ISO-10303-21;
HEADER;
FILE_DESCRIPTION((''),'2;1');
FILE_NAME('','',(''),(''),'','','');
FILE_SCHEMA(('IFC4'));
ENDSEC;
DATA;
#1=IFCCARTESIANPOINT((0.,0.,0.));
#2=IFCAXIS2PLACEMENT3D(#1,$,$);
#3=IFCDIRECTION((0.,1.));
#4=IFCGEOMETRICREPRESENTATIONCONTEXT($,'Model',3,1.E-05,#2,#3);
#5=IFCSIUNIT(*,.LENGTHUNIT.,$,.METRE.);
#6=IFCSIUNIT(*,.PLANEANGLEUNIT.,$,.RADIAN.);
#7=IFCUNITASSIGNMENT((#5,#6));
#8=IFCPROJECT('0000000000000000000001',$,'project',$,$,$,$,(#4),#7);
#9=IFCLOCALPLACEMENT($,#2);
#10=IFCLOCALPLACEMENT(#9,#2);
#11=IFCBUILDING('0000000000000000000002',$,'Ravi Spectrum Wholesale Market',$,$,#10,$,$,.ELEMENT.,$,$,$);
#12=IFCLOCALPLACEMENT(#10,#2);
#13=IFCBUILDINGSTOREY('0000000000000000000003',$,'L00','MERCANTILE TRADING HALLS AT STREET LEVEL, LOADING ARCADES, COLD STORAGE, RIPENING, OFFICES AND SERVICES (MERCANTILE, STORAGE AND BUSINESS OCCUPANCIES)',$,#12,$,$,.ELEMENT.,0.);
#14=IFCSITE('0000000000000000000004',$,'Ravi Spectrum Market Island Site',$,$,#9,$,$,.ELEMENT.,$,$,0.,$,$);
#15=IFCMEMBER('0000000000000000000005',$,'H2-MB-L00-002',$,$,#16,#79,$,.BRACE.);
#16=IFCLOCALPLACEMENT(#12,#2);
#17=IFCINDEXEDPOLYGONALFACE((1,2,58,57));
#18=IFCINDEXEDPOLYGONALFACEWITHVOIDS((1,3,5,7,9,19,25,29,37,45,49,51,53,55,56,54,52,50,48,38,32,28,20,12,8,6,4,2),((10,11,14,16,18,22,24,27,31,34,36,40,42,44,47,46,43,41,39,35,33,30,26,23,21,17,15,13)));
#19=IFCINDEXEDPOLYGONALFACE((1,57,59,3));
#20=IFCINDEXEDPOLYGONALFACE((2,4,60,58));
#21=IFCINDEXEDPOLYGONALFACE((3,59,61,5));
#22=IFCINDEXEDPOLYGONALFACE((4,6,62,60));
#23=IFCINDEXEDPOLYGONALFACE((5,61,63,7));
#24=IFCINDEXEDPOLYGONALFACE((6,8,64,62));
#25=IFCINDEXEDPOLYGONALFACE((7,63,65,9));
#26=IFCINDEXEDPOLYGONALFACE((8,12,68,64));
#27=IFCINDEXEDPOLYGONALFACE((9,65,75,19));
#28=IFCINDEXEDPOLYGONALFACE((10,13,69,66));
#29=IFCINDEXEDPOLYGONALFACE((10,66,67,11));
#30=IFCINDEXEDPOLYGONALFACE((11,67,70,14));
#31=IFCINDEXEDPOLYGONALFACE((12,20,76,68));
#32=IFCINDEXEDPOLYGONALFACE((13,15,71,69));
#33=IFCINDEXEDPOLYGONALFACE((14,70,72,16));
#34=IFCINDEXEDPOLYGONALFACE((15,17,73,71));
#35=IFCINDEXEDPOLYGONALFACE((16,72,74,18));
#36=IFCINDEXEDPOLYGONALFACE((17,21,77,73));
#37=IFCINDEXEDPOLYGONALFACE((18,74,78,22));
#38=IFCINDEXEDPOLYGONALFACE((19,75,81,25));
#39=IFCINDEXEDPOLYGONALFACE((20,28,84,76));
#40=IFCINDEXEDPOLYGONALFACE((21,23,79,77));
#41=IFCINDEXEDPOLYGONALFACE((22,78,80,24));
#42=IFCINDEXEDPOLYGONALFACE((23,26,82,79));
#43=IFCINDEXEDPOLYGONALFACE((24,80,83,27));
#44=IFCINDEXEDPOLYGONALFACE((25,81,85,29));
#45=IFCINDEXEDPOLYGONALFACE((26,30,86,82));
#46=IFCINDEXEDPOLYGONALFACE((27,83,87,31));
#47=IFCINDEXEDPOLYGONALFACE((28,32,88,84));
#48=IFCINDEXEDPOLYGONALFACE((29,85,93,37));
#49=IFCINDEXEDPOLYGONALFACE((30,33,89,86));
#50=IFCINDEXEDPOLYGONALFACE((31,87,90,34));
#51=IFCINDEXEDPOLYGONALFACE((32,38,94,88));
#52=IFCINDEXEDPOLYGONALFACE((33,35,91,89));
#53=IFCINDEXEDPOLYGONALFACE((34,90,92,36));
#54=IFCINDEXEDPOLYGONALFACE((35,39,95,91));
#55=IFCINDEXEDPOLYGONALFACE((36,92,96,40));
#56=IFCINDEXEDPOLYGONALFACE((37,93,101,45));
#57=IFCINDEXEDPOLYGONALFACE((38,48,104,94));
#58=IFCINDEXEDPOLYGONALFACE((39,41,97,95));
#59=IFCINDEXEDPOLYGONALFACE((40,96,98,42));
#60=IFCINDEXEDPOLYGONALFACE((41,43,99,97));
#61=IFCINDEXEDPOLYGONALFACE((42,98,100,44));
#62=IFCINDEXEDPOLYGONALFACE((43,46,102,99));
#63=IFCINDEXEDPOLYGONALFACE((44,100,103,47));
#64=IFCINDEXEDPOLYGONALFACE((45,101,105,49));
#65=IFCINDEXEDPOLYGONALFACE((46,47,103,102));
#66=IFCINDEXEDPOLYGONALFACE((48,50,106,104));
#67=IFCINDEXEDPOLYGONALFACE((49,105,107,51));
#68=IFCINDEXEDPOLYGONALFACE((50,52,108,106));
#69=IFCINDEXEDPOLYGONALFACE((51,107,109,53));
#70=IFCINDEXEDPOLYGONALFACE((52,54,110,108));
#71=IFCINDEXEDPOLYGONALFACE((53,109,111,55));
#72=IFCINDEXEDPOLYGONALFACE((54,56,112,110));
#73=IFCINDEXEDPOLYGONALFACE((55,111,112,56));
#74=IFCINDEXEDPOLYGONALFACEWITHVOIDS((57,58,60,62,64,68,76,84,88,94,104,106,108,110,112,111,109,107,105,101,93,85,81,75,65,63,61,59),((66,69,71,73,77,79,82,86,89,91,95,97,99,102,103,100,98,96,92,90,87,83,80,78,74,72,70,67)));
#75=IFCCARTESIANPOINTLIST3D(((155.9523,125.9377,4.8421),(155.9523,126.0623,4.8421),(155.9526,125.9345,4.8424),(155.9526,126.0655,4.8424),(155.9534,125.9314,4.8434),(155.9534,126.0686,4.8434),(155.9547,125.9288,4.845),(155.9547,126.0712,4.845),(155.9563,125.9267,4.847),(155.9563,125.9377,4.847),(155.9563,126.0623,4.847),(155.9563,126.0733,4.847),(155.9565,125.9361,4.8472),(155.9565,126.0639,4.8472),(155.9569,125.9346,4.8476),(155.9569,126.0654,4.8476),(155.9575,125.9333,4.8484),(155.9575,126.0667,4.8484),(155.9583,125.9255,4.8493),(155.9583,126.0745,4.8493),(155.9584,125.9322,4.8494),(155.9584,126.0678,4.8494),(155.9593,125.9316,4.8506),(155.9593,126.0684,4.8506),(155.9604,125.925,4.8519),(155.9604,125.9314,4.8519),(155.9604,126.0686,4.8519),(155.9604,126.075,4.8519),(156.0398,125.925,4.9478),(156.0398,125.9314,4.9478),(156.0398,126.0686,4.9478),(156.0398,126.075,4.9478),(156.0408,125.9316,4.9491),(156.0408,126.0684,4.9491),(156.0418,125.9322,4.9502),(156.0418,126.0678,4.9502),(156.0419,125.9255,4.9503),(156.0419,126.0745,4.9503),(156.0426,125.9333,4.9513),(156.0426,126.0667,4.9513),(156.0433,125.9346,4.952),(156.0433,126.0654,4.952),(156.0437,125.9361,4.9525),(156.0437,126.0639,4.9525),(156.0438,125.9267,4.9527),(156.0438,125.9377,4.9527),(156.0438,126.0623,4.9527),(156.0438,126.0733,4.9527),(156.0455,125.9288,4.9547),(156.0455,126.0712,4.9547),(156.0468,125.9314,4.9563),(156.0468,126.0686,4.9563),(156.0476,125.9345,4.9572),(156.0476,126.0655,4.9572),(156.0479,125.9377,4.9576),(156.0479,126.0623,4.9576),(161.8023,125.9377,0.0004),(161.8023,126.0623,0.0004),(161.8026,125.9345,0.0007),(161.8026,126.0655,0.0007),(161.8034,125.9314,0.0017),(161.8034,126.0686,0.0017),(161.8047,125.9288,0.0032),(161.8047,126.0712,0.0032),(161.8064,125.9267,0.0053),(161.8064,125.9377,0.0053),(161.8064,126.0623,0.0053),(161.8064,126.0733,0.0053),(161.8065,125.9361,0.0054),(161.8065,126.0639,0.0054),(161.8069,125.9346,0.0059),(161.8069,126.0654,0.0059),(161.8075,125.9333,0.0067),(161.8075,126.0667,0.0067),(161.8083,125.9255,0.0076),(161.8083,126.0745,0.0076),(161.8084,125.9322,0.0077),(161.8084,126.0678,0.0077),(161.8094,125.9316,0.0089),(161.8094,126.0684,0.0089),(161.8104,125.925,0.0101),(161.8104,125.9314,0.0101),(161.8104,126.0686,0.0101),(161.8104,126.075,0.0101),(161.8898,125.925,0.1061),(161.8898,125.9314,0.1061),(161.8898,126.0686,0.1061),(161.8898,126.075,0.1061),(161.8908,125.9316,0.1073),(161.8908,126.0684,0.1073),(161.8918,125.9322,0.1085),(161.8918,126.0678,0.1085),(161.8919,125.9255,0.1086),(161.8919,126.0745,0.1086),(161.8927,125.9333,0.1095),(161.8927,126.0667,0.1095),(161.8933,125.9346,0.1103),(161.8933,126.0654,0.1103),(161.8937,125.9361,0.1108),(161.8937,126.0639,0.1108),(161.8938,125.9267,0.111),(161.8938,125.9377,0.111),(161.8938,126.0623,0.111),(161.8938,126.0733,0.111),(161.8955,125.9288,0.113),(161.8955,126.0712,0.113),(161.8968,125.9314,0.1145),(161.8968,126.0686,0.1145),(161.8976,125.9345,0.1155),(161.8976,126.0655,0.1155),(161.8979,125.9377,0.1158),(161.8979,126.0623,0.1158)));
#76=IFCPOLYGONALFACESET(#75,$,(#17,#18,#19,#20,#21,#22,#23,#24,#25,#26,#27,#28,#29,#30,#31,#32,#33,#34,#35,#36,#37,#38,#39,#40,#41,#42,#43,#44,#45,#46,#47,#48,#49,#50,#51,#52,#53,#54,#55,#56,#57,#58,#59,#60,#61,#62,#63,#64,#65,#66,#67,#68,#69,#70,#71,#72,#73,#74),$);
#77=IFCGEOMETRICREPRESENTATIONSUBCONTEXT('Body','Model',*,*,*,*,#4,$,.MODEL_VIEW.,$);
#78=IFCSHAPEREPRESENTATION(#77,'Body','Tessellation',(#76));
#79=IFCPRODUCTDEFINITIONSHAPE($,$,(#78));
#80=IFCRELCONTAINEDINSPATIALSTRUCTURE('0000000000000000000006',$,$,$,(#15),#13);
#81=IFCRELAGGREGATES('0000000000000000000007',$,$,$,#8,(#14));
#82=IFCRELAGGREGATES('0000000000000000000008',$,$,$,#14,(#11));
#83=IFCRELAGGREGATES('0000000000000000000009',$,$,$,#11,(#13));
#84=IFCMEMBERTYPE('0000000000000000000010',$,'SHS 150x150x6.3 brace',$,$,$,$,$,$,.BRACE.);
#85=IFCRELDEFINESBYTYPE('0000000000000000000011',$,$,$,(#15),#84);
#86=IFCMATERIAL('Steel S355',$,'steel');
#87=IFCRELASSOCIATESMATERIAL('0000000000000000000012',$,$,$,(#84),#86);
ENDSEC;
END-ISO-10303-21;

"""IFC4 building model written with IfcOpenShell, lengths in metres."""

from ifc_helpers import new_model, si_unit, direction, frame, origin, origin_2d, place, context, subcontext, project, spatial, hollow_rectangle, extrude, material, material_profile, profile_set, type_object, element, save


model = new_model("IFC4")

# Units and contexts
model_context = context("Model", 3, precision=1e-05, world=origin(), true_north=direction((0.0, 1.0)))
body_context = subcontext(model_context, "Body", "Model", "MODEL_VIEW")
ifc_project = project(units=[si_unit("LENGTHUNIT", "METRE"), si_unit("PLANEANGLEUNIT", "RADIAN")], contexts=[model_context])

# Site, building, storey
site_placement = place(None, origin())
site = spatial("IfcSite", under=ifc_project, at=site_placement, Name="Ravi Spectrum Market Island Site", CompositionType="ELEMENT", RefElevation=0.0)
building_placement = place(site_placement, origin())
building = spatial("IfcBuilding", under=site, at=building_placement, Name="Ravi Spectrum Wholesale Market", CompositionType="ELEMENT")
storey_placement = place(building_placement, origin())
storey = spatial("IfcBuildingStorey", under=building, at=storey_placement, Name="L00", Description="MERCANTILE TRADING HALLS AT STREET LEVEL, LOADING ARCADES, COLD STORAGE, RIPENING, OFFICES AND SERVICES (MERCANTILE, STORAGE AND BUSINESS OCCUPANCIES)", CompositionType="ELEMENT", Elevation=0.0)

# Member
ifc_material_1 = material(Name="Steel S355", Category="steel")
ifc_material_profile_1 = material_profile(ifc_material_1, hollow_rectangle(XDim=0.1499, YDim=0.1499, WallThickness=0.0063, InnerFilletRadius=0.0063, OuterFilletRadius=0.0127, at=origin_2d()))
ifc_profile_set_1 = profile_set([ifc_material_profile_1], Name="Steel S355")
member_type = type_object("IfcMemberType", Name="SHS 150x150x6.3 brace", PredefinedType="BRACE", material=ifc_profile_set_1)
member_placement = place(storey_placement, frame((161.8501, 126.0, 0.0581), z_axis=(-0.770373, 0.0, 0.637594), x_axis=(0.0, -1.0, 0.0)))
element("IfcMember", 1, at=member_placement, inside=storey, type_object=member_type, Name="H2-MB-L00-002", PredefinedType="BRACE", context=body_context, shape_type="SweptSolid", body=[
    extrude(hollow_rectangle(XDim=0.1499, YDim=0.1499, WallThickness=0.0063, InnerFilletRadius=0.0063, OuterFilletRadius=0.0127, at=origin_2d()), origin(), (0.0, 0.0, 1.0), 7.5938),
])

save(model, "model.ifc")
